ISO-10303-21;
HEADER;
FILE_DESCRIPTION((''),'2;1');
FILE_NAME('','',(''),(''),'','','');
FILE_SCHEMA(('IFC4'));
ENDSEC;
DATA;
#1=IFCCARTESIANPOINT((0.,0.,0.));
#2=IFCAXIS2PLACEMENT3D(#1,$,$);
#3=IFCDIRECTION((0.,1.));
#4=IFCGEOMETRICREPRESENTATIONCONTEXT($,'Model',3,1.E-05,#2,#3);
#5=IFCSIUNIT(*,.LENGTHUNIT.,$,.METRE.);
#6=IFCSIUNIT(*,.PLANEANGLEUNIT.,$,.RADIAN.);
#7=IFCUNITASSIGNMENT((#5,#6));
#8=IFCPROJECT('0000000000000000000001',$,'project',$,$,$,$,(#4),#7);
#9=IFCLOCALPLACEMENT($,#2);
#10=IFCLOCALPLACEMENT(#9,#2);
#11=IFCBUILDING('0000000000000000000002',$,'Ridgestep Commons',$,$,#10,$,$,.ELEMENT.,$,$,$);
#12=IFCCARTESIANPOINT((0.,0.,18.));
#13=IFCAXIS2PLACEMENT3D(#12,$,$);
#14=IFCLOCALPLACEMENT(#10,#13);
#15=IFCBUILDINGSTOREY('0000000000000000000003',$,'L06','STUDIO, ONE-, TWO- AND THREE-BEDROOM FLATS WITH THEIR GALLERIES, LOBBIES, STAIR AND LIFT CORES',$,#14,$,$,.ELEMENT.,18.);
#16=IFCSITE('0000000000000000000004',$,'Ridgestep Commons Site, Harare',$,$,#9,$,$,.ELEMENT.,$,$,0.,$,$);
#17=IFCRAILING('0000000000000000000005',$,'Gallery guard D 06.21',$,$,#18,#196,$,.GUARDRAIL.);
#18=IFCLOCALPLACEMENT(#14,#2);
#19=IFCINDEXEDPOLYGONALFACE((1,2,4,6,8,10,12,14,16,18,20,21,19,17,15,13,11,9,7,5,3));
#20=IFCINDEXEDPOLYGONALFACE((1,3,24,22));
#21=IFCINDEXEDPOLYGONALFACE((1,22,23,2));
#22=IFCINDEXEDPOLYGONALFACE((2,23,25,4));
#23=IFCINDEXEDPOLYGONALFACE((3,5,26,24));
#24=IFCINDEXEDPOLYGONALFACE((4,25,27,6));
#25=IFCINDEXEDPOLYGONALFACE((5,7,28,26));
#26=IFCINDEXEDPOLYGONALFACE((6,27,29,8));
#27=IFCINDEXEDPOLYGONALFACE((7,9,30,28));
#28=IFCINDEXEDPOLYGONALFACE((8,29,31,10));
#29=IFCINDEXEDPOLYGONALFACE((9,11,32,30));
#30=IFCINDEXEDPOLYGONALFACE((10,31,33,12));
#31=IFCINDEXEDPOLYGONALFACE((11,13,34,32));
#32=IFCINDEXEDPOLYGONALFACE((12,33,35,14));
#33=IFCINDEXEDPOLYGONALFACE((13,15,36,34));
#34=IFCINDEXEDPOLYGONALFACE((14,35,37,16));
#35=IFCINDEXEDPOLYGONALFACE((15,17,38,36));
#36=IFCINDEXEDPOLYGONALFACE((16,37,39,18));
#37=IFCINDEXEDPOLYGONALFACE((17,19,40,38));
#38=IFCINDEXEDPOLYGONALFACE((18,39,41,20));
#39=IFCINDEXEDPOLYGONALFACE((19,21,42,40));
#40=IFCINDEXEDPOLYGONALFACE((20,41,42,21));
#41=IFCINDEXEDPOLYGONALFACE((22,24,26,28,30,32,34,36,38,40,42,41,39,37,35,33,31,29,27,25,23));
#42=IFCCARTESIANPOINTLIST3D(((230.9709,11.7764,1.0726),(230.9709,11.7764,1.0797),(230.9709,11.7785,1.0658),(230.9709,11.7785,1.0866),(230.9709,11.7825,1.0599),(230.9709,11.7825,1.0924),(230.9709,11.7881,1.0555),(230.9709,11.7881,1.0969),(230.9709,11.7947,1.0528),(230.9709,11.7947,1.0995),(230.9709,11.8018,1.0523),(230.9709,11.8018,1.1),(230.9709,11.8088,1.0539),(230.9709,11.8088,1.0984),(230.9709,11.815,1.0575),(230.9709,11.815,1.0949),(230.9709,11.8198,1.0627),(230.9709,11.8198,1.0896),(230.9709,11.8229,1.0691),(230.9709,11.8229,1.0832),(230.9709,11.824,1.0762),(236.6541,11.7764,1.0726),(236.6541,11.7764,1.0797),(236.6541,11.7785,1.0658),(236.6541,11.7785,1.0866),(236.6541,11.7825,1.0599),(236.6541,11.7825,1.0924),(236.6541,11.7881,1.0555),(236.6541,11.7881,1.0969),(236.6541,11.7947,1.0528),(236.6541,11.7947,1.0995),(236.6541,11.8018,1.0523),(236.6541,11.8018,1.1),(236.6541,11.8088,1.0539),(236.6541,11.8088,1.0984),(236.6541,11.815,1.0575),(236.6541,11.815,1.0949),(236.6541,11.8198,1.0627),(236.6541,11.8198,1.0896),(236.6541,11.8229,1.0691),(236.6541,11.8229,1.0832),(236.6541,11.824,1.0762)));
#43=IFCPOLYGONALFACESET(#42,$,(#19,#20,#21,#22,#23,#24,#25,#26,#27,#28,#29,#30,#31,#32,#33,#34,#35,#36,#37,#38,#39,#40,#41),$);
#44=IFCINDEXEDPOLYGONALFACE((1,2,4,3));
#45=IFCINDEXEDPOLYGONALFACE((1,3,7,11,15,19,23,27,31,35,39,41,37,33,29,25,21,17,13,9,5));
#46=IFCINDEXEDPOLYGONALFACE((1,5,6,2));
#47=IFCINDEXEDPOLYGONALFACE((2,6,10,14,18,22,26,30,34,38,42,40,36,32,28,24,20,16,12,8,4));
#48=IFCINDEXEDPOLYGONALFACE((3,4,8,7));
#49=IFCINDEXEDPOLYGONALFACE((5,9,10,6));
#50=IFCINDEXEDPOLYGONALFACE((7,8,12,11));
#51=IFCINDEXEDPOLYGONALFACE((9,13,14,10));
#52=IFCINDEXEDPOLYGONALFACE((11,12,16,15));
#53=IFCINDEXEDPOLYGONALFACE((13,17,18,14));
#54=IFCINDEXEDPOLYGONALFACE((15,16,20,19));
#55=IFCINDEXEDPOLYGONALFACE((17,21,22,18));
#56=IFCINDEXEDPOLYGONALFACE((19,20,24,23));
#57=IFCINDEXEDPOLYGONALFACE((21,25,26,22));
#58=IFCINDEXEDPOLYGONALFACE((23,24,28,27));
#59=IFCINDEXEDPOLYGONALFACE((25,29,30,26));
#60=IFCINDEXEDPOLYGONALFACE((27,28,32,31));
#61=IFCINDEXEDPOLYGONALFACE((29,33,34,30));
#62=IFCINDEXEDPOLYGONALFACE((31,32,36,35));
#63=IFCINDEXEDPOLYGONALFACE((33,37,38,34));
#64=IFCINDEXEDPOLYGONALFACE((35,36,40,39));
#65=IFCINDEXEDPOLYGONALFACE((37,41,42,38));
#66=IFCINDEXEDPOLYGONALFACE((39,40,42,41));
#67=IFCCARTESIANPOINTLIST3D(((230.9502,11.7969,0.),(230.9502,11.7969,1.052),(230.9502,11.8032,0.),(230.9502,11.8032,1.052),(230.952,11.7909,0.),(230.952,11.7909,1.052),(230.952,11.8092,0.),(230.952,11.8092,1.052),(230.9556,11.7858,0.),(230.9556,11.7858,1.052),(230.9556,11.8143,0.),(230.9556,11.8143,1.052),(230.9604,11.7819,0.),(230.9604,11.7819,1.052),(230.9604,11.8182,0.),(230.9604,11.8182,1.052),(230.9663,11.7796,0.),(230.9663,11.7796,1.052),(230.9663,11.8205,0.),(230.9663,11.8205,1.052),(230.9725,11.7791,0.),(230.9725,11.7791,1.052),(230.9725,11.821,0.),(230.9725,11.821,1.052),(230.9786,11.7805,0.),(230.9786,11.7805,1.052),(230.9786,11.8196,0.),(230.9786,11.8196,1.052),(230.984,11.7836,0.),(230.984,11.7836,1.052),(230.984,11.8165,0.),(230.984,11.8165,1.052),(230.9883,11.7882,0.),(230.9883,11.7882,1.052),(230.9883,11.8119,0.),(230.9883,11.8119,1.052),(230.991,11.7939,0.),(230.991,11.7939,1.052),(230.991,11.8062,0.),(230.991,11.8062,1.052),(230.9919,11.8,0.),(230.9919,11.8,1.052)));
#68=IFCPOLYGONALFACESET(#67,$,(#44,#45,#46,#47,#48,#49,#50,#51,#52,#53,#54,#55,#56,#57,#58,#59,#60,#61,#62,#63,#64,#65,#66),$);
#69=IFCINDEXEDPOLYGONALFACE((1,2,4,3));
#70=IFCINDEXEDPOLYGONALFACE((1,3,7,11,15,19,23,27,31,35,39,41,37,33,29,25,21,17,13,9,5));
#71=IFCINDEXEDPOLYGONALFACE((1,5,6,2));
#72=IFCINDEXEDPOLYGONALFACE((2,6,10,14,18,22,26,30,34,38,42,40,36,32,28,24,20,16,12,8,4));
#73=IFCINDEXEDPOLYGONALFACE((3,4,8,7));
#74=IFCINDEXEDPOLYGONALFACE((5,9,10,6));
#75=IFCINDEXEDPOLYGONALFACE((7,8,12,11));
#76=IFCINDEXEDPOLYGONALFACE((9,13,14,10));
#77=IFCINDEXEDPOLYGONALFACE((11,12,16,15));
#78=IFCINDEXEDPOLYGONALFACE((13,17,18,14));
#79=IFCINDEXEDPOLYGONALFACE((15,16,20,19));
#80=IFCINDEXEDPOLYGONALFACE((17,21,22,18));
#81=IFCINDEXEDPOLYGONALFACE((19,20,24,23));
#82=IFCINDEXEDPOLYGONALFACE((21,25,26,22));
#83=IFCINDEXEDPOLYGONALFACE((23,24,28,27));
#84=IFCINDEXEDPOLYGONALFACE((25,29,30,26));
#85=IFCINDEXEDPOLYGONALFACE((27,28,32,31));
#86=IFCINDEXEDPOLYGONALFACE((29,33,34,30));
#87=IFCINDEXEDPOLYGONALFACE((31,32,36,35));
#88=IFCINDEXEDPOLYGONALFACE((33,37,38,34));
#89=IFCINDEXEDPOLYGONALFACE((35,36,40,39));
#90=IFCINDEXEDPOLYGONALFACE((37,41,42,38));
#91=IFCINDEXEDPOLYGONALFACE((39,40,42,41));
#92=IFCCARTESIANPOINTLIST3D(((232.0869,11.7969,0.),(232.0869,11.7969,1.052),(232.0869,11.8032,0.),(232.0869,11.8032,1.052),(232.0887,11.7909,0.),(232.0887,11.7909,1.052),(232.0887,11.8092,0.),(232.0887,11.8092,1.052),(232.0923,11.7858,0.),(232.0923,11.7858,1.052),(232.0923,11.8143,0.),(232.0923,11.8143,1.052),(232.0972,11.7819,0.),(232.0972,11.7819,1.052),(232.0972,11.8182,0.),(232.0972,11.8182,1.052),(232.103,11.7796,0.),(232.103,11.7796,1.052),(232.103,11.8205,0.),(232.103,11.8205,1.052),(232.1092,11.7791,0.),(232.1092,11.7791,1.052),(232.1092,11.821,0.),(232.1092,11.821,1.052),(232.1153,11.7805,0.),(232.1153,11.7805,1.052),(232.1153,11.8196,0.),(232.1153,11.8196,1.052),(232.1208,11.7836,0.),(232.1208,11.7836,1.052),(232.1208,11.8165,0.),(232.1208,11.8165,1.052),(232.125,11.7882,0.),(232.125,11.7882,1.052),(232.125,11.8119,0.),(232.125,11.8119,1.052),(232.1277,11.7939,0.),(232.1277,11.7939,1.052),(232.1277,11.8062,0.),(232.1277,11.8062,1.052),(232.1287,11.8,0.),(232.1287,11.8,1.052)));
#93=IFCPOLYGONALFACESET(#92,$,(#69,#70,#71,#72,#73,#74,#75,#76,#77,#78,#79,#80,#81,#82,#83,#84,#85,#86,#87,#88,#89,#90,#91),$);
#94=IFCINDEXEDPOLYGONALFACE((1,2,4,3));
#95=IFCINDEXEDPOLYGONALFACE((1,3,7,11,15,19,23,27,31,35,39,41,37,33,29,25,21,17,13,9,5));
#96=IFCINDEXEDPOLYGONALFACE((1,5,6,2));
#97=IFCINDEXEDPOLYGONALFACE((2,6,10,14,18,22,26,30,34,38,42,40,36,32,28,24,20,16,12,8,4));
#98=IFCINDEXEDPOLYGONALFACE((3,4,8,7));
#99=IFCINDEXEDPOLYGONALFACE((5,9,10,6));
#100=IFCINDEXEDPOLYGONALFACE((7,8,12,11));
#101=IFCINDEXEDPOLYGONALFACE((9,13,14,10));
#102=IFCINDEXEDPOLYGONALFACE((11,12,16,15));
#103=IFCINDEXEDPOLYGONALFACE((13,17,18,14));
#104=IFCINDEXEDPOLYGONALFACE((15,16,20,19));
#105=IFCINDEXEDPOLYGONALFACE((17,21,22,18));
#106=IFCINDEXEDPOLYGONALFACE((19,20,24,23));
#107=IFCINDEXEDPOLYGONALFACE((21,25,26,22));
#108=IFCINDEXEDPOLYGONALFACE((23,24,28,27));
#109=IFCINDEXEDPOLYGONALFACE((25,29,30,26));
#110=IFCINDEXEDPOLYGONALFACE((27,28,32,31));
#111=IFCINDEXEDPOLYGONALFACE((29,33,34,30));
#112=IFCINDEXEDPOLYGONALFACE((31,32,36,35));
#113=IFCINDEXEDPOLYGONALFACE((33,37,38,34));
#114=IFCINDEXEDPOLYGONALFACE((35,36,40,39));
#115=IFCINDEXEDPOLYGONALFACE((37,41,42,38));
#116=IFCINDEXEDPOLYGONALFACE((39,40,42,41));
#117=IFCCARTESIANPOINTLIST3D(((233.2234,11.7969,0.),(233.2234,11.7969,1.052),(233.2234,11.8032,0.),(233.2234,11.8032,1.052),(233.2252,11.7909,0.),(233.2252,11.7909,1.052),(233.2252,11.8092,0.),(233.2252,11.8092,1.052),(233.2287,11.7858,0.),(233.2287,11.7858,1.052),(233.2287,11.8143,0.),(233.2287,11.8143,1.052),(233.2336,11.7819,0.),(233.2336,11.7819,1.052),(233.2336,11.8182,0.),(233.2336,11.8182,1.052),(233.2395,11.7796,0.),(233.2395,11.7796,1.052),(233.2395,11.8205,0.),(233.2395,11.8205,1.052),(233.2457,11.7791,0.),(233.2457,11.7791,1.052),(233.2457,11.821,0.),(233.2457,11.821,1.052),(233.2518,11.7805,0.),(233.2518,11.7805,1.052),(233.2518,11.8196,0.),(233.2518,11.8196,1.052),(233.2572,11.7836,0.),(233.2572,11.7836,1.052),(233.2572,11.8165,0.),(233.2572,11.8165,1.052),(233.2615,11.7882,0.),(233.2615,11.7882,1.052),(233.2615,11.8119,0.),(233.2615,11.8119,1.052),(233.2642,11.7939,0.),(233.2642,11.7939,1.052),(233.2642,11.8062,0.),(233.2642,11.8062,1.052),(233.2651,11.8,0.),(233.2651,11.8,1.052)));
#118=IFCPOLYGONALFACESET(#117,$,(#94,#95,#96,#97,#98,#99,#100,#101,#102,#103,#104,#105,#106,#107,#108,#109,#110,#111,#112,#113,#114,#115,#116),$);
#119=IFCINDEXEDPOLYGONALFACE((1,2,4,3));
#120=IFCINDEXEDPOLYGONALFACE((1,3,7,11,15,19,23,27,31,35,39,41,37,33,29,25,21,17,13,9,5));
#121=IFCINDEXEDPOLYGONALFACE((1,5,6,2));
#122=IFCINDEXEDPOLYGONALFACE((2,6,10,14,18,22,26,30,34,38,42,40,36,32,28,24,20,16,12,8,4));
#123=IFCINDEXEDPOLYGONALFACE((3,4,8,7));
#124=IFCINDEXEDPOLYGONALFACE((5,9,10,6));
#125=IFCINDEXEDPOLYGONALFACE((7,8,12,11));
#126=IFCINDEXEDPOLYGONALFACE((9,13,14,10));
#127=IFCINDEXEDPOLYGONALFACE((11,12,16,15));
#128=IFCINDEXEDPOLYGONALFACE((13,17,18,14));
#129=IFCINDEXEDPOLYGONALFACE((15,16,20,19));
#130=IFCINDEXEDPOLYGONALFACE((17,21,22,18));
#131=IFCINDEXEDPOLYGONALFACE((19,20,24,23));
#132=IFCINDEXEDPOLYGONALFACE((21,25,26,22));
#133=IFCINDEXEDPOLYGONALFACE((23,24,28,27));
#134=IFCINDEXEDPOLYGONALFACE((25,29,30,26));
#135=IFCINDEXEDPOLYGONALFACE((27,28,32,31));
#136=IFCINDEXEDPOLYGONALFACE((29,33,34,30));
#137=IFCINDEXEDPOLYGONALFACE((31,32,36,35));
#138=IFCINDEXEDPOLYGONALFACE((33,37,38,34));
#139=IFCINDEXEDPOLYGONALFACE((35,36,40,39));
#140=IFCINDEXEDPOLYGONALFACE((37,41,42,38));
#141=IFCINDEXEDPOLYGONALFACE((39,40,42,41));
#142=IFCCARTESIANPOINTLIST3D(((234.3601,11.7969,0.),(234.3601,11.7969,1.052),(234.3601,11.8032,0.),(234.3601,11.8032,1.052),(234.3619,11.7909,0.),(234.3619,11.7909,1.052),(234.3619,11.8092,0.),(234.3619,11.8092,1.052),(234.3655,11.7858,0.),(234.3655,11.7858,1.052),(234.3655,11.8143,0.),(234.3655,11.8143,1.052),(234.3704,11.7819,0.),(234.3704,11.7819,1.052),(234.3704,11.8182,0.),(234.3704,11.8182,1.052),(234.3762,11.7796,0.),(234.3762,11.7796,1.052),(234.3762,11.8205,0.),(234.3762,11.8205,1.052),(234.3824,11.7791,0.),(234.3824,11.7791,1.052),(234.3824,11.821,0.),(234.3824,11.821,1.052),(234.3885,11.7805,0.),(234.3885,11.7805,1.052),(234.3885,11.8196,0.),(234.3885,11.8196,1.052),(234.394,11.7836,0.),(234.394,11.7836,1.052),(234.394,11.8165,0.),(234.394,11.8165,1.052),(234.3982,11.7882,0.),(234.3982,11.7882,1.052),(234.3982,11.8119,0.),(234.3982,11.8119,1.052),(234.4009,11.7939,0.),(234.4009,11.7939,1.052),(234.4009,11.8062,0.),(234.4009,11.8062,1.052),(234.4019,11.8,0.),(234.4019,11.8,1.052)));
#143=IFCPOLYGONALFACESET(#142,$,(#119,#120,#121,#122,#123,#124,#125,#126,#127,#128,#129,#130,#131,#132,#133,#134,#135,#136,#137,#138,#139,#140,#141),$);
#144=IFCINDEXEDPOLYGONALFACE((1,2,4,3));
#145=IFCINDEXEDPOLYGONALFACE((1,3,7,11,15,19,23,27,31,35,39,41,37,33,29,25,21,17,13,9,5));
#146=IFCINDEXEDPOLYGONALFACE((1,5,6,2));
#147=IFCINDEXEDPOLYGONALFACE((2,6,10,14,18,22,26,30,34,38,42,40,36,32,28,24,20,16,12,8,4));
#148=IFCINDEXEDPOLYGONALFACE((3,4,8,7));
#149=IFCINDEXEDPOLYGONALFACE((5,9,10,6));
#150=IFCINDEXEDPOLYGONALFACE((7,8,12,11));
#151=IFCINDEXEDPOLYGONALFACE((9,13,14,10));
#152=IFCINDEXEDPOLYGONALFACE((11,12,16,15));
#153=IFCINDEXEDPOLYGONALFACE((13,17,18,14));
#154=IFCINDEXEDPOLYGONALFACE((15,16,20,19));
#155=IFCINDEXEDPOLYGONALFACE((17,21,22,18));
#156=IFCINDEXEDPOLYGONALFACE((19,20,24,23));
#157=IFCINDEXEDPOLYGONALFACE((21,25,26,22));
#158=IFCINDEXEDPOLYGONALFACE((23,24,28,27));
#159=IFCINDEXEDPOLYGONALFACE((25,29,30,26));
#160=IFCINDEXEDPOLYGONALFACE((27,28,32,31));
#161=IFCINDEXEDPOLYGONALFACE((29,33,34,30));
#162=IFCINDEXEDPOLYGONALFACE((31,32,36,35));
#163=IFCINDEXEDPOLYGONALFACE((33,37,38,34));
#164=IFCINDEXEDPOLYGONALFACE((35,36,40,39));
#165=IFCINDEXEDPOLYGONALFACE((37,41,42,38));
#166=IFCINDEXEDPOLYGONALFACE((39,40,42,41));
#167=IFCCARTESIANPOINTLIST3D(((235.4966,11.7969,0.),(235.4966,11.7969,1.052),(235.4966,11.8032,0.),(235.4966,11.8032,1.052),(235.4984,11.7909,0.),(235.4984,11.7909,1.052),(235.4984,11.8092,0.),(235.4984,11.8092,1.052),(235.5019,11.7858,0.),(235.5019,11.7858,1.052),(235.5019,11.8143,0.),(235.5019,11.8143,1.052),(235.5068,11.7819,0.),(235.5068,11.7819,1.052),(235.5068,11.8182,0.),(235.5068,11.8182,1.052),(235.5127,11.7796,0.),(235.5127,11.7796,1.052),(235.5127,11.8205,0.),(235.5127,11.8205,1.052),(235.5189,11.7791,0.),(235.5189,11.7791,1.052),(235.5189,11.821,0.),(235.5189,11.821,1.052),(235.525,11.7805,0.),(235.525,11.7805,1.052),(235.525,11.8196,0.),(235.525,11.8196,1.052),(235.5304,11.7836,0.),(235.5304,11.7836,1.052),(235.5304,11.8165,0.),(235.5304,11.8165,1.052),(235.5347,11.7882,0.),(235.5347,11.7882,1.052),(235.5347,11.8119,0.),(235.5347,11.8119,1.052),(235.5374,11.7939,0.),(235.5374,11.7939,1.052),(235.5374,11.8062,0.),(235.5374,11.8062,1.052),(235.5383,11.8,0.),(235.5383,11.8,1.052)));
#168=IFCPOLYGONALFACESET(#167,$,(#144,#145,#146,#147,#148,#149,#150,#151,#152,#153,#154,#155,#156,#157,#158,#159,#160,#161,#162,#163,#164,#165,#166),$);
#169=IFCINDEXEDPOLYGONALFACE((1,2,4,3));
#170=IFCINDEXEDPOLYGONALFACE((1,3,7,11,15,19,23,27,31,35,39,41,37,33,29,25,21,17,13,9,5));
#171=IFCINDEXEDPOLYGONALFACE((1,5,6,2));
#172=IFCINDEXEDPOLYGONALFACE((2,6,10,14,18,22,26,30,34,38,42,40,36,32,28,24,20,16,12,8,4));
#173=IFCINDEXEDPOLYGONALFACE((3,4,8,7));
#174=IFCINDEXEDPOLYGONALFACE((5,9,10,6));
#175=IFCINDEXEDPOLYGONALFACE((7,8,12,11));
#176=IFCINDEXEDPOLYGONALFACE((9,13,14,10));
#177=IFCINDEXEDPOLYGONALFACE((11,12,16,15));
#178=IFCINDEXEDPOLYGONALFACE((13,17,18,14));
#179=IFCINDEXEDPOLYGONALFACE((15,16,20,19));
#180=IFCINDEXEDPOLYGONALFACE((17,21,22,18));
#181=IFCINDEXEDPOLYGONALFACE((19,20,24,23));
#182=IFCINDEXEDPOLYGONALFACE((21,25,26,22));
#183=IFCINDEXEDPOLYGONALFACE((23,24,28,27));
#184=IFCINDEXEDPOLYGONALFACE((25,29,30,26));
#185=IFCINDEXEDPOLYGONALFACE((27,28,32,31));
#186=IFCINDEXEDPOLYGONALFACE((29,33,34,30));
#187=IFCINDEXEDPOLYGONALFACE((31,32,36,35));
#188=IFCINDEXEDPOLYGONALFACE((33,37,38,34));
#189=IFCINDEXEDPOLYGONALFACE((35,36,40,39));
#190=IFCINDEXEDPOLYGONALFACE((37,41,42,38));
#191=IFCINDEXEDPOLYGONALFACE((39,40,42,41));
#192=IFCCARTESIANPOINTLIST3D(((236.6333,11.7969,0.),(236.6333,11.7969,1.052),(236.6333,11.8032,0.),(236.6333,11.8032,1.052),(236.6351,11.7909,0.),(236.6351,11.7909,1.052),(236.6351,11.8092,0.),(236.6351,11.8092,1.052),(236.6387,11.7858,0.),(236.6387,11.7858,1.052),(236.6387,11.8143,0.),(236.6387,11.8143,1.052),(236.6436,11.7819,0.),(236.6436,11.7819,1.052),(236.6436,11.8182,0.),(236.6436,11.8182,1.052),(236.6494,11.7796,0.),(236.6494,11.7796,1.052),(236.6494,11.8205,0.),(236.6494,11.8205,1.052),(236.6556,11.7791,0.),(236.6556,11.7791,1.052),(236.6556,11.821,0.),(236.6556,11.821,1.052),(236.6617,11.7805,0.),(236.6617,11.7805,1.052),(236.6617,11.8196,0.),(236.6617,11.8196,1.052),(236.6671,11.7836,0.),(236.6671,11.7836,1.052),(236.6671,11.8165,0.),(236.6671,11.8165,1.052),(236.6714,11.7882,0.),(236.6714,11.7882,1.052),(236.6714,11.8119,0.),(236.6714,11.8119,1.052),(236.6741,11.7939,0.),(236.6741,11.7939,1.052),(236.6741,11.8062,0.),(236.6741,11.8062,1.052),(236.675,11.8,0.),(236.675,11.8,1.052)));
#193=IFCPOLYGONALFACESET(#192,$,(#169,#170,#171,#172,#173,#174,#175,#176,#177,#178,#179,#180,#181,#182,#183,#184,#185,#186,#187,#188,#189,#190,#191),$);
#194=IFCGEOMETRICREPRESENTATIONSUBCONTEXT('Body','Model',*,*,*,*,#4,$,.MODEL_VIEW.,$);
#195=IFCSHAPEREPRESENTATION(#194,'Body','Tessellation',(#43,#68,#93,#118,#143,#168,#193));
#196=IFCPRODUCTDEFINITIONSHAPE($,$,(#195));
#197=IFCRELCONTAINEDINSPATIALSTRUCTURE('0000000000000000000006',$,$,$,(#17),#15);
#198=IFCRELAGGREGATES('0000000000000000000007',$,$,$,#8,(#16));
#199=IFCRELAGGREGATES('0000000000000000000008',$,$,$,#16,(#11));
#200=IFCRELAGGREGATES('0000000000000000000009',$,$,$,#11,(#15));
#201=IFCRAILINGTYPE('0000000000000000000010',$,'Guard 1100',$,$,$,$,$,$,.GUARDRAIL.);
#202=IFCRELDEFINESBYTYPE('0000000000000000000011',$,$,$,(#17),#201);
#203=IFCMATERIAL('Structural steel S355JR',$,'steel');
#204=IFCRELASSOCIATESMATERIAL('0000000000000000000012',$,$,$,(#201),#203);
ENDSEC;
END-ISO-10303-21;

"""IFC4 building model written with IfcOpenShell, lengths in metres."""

from ifc_helpers import new_model, si_unit, direction, frame, origin, origin_2d, place, context, subcontext, project, spatial, circle, extrude, material, type_object, element, save


model = new_model("IFC4")

# Units and contexts
model_context = context("Model", 3, precision=1e-05, world=origin(), true_north=direction((0.0, 1.0)))
body_context = subcontext(model_context, "Body", "Model", "MODEL_VIEW")
ifc_project = project(units=[si_unit("LENGTHUNIT", "METRE"), si_unit("PLANEANGLEUNIT", "RADIAN")], contexts=[model_context])

# Site, building, storey
site_placement = place(None, origin())
site = spatial("IfcSite", under=ifc_project, at=site_placement, Name="Ridgestep Commons Site, Harare", CompositionType="ELEMENT", RefElevation=0.0)
building_placement = place(site_placement, origin())
building = spatial("IfcBuilding", under=site, at=building_placement, Name="Ridgestep Commons", CompositionType="ELEMENT")
storey_placement = place(building_placement, frame((0.0, 0.0, 18.0)))
storey = spatial("IfcBuildingStorey", under=building, at=storey_placement, Name="L06", Description="STUDIO, ONE-, TWO- AND THREE-BEDROOM FLATS WITH THEIR GALLERIES, LOBBIES, STAIR AND LIFT CORES", CompositionType="ELEMENT", Elevation=18.0)

# Railing
ifc_material_1 = material(Name="Structural steel S355JR", Category="steel")
railing_type_1 = type_object("IfcRailingType", Name="Guard 1100", PredefinedType="GUARDRAIL", material=ifc_material_1)
railing_1_placement = place(storey_placement, frame((230.9709, 11.8, 0.0)))
element("IfcRailing", 1, at=railing_1_placement, inside=storey, type_object=railing_type_1, Name="Gallery guard D 06.21", PredefinedType="GUARDRAIL", context=body_context, shape_type="SweptSolid", body=[
    extrude(circle(Radius=0.0239, at=origin_2d()), frame((0.0, 0.0, 1.0762), z_axis=(1.0, 0.0, 0.0), x_axis=(0.0, 1.0, 0.0)), (0.0, 0.0, 1.0), 5.6831),
    extrude(circle(Radius=0.021, at=origin_2d()), origin(), (0.0, 0.0, 1.0), 1.052),
    extrude(circle(Radius=0.021, at=origin_2d()), frame((1.1367, 0.0, 0.0)), (0.0, 0.0, 1.0), 1.052),
    extrude(circle(Radius=0.021, at=origin_2d()), frame((2.2732, 0.0, 0.0)), (0.0, 0.0, 1.0), 1.052),
    extrude(circle(Radius=0.021, at=origin_2d()), frame((3.4099, 0.0, 0.0)), (0.0, 0.0, 1.0), 1.052),
    extrude(circle(Radius=0.021, at=origin_2d()), frame((4.5464, 0.0, 0.0)), (0.0, 0.0, 1.0), 1.052),
    extrude(circle(Radius=0.021, at=origin_2d()), frame((5.6831, 0.0, 0.0)), (0.0, 0.0, 1.0), 1.052),
])

save(model, "model.ifc")
